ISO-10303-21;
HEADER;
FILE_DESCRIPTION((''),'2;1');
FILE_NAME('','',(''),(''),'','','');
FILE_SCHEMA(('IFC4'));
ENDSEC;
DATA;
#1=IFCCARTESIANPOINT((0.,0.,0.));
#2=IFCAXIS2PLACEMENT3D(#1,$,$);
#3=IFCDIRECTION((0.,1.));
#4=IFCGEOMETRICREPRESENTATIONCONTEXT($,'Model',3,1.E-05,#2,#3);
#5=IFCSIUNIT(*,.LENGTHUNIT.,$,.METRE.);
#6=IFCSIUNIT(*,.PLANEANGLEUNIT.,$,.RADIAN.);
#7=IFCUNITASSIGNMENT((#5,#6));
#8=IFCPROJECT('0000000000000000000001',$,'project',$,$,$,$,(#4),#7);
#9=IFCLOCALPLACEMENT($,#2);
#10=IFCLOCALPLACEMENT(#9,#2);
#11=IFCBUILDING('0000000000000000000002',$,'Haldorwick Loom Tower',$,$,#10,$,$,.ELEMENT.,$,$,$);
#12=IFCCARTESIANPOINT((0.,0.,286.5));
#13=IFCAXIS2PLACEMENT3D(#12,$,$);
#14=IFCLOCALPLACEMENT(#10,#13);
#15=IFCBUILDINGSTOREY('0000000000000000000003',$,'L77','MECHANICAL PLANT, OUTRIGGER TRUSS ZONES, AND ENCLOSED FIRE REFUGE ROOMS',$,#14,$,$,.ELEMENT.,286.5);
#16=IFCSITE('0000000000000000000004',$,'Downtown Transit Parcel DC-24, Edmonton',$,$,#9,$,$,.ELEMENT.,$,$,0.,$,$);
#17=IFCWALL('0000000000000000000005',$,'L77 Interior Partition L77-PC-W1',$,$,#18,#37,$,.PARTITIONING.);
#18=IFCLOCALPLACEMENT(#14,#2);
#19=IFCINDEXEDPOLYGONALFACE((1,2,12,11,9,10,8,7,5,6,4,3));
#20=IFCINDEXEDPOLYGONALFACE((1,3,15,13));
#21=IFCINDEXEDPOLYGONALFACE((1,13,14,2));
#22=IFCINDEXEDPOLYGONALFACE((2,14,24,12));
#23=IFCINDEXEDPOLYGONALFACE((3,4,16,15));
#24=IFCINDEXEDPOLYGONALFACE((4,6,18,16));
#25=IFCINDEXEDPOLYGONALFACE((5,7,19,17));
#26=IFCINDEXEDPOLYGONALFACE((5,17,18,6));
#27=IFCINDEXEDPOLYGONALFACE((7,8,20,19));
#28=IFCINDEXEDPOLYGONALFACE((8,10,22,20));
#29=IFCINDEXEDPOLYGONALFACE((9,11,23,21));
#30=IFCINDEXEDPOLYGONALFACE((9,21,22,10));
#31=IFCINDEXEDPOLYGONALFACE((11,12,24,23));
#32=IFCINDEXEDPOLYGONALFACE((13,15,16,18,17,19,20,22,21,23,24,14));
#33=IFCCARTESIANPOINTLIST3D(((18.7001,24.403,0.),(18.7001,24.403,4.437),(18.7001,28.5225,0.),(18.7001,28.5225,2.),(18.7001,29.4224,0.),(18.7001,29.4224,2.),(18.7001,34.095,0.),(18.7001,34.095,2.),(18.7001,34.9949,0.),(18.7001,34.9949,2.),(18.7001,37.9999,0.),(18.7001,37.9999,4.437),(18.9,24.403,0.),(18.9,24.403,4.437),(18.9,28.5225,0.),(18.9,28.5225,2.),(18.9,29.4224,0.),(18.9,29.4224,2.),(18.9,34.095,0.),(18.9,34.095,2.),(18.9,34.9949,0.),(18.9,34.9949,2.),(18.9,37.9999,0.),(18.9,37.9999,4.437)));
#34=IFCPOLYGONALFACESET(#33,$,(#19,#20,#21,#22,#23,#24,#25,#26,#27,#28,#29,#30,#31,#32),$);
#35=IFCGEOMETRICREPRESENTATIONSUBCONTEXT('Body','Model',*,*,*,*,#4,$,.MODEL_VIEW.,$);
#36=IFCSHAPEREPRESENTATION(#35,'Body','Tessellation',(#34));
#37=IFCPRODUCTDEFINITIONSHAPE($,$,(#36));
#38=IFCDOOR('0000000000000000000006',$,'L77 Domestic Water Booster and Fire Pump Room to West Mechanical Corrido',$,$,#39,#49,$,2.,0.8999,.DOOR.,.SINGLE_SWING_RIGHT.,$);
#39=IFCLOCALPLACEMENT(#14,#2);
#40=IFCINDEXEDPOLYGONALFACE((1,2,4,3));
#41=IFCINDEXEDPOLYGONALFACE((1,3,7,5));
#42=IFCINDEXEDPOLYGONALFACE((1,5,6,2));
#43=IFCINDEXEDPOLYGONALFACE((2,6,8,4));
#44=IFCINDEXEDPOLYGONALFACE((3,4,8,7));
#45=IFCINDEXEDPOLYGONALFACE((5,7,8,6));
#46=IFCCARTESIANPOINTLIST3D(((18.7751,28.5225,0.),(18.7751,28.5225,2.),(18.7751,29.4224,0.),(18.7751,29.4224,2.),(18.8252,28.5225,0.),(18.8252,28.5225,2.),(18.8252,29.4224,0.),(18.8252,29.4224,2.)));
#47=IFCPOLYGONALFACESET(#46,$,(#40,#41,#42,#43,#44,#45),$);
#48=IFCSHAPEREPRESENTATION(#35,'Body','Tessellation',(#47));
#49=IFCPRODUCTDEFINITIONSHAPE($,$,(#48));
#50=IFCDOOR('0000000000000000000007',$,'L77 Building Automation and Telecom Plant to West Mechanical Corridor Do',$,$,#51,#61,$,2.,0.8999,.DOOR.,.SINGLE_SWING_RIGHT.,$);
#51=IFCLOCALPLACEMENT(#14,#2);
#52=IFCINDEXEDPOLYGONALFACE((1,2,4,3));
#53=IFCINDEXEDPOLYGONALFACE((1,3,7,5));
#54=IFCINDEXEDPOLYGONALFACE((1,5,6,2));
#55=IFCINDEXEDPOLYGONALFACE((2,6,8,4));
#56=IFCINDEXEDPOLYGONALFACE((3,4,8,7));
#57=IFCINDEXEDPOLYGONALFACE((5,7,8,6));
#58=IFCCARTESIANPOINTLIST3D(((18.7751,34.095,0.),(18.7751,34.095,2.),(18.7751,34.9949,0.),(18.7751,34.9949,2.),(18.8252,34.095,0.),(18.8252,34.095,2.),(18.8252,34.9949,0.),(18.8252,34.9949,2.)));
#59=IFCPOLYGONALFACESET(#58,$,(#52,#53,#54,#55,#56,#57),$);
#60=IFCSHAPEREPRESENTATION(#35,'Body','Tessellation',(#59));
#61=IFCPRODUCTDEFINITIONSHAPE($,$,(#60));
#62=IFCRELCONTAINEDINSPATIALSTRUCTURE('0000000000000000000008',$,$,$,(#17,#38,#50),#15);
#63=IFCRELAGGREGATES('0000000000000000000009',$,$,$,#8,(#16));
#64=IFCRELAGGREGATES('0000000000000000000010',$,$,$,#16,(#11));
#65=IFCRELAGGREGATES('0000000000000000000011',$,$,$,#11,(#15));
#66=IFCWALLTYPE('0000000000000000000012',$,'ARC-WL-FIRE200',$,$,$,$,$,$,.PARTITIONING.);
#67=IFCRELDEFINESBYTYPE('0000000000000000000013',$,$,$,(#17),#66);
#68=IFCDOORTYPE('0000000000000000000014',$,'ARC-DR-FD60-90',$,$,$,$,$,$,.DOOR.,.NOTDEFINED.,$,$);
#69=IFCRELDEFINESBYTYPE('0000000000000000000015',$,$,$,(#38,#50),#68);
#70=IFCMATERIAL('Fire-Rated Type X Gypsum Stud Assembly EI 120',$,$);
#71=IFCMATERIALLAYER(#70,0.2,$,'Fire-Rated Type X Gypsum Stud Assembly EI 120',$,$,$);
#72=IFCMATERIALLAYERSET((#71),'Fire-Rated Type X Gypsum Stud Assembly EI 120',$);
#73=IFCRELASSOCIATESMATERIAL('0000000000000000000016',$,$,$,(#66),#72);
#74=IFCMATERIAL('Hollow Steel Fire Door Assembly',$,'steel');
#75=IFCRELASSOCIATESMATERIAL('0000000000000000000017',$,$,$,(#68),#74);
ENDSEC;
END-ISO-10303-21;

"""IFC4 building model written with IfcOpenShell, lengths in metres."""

from ifc_helpers import new_model, si_unit, direction, frame, frame_2d, origin, place, context, subcontext, project, spatial, rectangle, extrude, material, layer, layer_set, type_object, element, fill, save


model = new_model("IFC4")

# Units and contexts
model_context = context("Model", 3, precision=1e-05, world=origin(), true_north=direction((0.0, 1.0)))
body_context = subcontext(model_context, "Body", "Model", "MODEL_VIEW")
ifc_project = project(units=[si_unit("LENGTHUNIT", "METRE"), si_unit("PLANEANGLEUNIT", "RADIAN")], contexts=[model_context])

# Site, building, storey
site_placement = place(None, origin())
site = spatial("IfcSite", under=ifc_project, at=site_placement, Name="Downtown Transit Parcel DC-24, Edmonton", CompositionType="ELEMENT", RefElevation=0.0)
building_placement = place(site_placement, origin())
building = spatial("IfcBuilding", under=site, at=building_placement, Name="Haldorwick Loom Tower", CompositionType="ELEMENT")
storey_placement = place(building_placement, frame((0.0, 0.0, 286.5)))
storey = spatial("IfcBuildingStorey", under=building, at=storey_placement, Name="L77", Description="MECHANICAL PLANT, OUTRIGGER TRUSS ZONES, AND ENCLOSED FIRE REFUGE ROOMS", CompositionType="ELEMENT", Elevation=286.5)

# Wall, openings, doors
ifc_material_1 = material(Name="Fire-Rated Type X Gypsum Stud Assembly EI 120")
ifc_layer_1 = layer(ifc_material_1, 0.2, Name="Fire-Rated Type X Gypsum Stud Assembly EI 120")
ifc_layer_set_1 = layer_set([ifc_layer_1], Name="Fire-Rated Type X Gypsum Stud Assembly EI 120")
wall_type_1 = type_object("IfcWallType", Name="ARC-WL-FIRE200", PredefinedType="PARTITIONING", material=ifc_layer_set_1)
ifc_material_2 = material(Name="Hollow Steel Fire Door Assembly", Category="steel")
door_type = type_object("IfcDoorType", Name="ARC-DR-FD60-90", OperationType="NOTDEFINED", PredefinedType="DOOR", material=ifc_material_2)
wall_1_placement = place(storey_placement, frame((18.8, 24.4031, 0.0), z_axis=(0.0, 0.0, 1.0), x_axis=(0.0, 1.0, 0.0)))
wall_1 = element("IfcWall", 1, at=wall_1_placement, inside=storey, type_object=wall_type_1, Name="L77 Interior Partition L77-PC-W1", PredefinedType="PARTITIONING", context=body_context, shape_type="SweptSolid", body=[
    extrude(rectangle(XDim=13.5969, YDim=0.2, at=frame_2d((6.7983, 0.0))), origin(), (0.0, 0.0, 1.0), 4.437),
])
opening_1_placement = place(wall_1_placement, frame((4.1194, 0.0, 0.0)))
opening_1 = element("IfcOpeningElement", 2, at=opening_1_placement, cuts=wall_1, PredefinedType="OPENING", context=body_context, shape_type="SweptSolid", body=[
    extrude(rectangle(XDim=0.8999, YDim=2.0, at=frame_2d((0.45, 1.0))), frame((0.0, 0.1099, 0.0), z_axis=(0.0, -1.0, 0.0), x_axis=(1.0, 0.0, 0.0)), (0.0, 0.0, 1.0), 0.22),
])
opening_2_placement = place(wall_1_placement, frame((9.6919, 0.0, 0.0)))
opening_2 = element("IfcOpeningElement", 3, at=opening_2_placement, cuts=wall_1, PredefinedType="OPENING", context=body_context, shape_type="SweptSolid", body=[
    extrude(rectangle(XDim=0.8999, YDim=2.0, at=frame_2d((0.45, 1.0))), frame((0.0, 0.1099, 0.0), z_axis=(0.0, -1.0, 0.0), x_axis=(1.0, 0.0, 0.0)), (0.0, 0.0, 1.0), 0.22),
])
door_1_placement = place(opening_1_placement, origin())
door_1 = element("IfcDoor", 4, at=door_1_placement, inside=storey, type_object=door_type, Name="L77 Domestic Water Booster and Fire Pump Room to West Mechanical Corrido", OperationType="SINGLE_SWING_RIGHT", OverallHeight=2.0, OverallWidth=0.8999, PredefinedType="DOOR", context=body_context, shape_type="SweptSolid", body=[
    extrude(rectangle(XDim=0.8999, YDim=2.0, at=frame_2d((0.45, 1.0))), frame((0.0, 0.0249, 0.0), z_axis=(0.0, -1.0, 0.0), x_axis=(1.0, 0.0, 0.0)), (0.0, 0.0, 1.0), 0.05),
])
fill(opening_1, door_1)
door_2_placement = place(opening_2_placement, origin())
door_2 = element("IfcDoor", 5, at=door_2_placement, inside=storey, type_object=door_type, Name="L77 Building Automation and Telecom Plant to West Mechanical Corridor Do", OperationType="SINGLE_SWING_RIGHT", OverallHeight=2.0, OverallWidth=0.8999, PredefinedType="DOOR", context=body_context, shape_type="SweptSolid", body=[
    extrude(rectangle(XDim=0.8999, YDim=2.0, at=frame_2d((0.45, 1.0))), frame((0.0, 0.0249, 0.0), z_axis=(0.0, -1.0, 0.0), x_axis=(1.0, 0.0, 0.0)), (0.0, 0.0, 1.0), 0.05),
])
fill(opening_2, door_2)

save(model, "model.ifc")
